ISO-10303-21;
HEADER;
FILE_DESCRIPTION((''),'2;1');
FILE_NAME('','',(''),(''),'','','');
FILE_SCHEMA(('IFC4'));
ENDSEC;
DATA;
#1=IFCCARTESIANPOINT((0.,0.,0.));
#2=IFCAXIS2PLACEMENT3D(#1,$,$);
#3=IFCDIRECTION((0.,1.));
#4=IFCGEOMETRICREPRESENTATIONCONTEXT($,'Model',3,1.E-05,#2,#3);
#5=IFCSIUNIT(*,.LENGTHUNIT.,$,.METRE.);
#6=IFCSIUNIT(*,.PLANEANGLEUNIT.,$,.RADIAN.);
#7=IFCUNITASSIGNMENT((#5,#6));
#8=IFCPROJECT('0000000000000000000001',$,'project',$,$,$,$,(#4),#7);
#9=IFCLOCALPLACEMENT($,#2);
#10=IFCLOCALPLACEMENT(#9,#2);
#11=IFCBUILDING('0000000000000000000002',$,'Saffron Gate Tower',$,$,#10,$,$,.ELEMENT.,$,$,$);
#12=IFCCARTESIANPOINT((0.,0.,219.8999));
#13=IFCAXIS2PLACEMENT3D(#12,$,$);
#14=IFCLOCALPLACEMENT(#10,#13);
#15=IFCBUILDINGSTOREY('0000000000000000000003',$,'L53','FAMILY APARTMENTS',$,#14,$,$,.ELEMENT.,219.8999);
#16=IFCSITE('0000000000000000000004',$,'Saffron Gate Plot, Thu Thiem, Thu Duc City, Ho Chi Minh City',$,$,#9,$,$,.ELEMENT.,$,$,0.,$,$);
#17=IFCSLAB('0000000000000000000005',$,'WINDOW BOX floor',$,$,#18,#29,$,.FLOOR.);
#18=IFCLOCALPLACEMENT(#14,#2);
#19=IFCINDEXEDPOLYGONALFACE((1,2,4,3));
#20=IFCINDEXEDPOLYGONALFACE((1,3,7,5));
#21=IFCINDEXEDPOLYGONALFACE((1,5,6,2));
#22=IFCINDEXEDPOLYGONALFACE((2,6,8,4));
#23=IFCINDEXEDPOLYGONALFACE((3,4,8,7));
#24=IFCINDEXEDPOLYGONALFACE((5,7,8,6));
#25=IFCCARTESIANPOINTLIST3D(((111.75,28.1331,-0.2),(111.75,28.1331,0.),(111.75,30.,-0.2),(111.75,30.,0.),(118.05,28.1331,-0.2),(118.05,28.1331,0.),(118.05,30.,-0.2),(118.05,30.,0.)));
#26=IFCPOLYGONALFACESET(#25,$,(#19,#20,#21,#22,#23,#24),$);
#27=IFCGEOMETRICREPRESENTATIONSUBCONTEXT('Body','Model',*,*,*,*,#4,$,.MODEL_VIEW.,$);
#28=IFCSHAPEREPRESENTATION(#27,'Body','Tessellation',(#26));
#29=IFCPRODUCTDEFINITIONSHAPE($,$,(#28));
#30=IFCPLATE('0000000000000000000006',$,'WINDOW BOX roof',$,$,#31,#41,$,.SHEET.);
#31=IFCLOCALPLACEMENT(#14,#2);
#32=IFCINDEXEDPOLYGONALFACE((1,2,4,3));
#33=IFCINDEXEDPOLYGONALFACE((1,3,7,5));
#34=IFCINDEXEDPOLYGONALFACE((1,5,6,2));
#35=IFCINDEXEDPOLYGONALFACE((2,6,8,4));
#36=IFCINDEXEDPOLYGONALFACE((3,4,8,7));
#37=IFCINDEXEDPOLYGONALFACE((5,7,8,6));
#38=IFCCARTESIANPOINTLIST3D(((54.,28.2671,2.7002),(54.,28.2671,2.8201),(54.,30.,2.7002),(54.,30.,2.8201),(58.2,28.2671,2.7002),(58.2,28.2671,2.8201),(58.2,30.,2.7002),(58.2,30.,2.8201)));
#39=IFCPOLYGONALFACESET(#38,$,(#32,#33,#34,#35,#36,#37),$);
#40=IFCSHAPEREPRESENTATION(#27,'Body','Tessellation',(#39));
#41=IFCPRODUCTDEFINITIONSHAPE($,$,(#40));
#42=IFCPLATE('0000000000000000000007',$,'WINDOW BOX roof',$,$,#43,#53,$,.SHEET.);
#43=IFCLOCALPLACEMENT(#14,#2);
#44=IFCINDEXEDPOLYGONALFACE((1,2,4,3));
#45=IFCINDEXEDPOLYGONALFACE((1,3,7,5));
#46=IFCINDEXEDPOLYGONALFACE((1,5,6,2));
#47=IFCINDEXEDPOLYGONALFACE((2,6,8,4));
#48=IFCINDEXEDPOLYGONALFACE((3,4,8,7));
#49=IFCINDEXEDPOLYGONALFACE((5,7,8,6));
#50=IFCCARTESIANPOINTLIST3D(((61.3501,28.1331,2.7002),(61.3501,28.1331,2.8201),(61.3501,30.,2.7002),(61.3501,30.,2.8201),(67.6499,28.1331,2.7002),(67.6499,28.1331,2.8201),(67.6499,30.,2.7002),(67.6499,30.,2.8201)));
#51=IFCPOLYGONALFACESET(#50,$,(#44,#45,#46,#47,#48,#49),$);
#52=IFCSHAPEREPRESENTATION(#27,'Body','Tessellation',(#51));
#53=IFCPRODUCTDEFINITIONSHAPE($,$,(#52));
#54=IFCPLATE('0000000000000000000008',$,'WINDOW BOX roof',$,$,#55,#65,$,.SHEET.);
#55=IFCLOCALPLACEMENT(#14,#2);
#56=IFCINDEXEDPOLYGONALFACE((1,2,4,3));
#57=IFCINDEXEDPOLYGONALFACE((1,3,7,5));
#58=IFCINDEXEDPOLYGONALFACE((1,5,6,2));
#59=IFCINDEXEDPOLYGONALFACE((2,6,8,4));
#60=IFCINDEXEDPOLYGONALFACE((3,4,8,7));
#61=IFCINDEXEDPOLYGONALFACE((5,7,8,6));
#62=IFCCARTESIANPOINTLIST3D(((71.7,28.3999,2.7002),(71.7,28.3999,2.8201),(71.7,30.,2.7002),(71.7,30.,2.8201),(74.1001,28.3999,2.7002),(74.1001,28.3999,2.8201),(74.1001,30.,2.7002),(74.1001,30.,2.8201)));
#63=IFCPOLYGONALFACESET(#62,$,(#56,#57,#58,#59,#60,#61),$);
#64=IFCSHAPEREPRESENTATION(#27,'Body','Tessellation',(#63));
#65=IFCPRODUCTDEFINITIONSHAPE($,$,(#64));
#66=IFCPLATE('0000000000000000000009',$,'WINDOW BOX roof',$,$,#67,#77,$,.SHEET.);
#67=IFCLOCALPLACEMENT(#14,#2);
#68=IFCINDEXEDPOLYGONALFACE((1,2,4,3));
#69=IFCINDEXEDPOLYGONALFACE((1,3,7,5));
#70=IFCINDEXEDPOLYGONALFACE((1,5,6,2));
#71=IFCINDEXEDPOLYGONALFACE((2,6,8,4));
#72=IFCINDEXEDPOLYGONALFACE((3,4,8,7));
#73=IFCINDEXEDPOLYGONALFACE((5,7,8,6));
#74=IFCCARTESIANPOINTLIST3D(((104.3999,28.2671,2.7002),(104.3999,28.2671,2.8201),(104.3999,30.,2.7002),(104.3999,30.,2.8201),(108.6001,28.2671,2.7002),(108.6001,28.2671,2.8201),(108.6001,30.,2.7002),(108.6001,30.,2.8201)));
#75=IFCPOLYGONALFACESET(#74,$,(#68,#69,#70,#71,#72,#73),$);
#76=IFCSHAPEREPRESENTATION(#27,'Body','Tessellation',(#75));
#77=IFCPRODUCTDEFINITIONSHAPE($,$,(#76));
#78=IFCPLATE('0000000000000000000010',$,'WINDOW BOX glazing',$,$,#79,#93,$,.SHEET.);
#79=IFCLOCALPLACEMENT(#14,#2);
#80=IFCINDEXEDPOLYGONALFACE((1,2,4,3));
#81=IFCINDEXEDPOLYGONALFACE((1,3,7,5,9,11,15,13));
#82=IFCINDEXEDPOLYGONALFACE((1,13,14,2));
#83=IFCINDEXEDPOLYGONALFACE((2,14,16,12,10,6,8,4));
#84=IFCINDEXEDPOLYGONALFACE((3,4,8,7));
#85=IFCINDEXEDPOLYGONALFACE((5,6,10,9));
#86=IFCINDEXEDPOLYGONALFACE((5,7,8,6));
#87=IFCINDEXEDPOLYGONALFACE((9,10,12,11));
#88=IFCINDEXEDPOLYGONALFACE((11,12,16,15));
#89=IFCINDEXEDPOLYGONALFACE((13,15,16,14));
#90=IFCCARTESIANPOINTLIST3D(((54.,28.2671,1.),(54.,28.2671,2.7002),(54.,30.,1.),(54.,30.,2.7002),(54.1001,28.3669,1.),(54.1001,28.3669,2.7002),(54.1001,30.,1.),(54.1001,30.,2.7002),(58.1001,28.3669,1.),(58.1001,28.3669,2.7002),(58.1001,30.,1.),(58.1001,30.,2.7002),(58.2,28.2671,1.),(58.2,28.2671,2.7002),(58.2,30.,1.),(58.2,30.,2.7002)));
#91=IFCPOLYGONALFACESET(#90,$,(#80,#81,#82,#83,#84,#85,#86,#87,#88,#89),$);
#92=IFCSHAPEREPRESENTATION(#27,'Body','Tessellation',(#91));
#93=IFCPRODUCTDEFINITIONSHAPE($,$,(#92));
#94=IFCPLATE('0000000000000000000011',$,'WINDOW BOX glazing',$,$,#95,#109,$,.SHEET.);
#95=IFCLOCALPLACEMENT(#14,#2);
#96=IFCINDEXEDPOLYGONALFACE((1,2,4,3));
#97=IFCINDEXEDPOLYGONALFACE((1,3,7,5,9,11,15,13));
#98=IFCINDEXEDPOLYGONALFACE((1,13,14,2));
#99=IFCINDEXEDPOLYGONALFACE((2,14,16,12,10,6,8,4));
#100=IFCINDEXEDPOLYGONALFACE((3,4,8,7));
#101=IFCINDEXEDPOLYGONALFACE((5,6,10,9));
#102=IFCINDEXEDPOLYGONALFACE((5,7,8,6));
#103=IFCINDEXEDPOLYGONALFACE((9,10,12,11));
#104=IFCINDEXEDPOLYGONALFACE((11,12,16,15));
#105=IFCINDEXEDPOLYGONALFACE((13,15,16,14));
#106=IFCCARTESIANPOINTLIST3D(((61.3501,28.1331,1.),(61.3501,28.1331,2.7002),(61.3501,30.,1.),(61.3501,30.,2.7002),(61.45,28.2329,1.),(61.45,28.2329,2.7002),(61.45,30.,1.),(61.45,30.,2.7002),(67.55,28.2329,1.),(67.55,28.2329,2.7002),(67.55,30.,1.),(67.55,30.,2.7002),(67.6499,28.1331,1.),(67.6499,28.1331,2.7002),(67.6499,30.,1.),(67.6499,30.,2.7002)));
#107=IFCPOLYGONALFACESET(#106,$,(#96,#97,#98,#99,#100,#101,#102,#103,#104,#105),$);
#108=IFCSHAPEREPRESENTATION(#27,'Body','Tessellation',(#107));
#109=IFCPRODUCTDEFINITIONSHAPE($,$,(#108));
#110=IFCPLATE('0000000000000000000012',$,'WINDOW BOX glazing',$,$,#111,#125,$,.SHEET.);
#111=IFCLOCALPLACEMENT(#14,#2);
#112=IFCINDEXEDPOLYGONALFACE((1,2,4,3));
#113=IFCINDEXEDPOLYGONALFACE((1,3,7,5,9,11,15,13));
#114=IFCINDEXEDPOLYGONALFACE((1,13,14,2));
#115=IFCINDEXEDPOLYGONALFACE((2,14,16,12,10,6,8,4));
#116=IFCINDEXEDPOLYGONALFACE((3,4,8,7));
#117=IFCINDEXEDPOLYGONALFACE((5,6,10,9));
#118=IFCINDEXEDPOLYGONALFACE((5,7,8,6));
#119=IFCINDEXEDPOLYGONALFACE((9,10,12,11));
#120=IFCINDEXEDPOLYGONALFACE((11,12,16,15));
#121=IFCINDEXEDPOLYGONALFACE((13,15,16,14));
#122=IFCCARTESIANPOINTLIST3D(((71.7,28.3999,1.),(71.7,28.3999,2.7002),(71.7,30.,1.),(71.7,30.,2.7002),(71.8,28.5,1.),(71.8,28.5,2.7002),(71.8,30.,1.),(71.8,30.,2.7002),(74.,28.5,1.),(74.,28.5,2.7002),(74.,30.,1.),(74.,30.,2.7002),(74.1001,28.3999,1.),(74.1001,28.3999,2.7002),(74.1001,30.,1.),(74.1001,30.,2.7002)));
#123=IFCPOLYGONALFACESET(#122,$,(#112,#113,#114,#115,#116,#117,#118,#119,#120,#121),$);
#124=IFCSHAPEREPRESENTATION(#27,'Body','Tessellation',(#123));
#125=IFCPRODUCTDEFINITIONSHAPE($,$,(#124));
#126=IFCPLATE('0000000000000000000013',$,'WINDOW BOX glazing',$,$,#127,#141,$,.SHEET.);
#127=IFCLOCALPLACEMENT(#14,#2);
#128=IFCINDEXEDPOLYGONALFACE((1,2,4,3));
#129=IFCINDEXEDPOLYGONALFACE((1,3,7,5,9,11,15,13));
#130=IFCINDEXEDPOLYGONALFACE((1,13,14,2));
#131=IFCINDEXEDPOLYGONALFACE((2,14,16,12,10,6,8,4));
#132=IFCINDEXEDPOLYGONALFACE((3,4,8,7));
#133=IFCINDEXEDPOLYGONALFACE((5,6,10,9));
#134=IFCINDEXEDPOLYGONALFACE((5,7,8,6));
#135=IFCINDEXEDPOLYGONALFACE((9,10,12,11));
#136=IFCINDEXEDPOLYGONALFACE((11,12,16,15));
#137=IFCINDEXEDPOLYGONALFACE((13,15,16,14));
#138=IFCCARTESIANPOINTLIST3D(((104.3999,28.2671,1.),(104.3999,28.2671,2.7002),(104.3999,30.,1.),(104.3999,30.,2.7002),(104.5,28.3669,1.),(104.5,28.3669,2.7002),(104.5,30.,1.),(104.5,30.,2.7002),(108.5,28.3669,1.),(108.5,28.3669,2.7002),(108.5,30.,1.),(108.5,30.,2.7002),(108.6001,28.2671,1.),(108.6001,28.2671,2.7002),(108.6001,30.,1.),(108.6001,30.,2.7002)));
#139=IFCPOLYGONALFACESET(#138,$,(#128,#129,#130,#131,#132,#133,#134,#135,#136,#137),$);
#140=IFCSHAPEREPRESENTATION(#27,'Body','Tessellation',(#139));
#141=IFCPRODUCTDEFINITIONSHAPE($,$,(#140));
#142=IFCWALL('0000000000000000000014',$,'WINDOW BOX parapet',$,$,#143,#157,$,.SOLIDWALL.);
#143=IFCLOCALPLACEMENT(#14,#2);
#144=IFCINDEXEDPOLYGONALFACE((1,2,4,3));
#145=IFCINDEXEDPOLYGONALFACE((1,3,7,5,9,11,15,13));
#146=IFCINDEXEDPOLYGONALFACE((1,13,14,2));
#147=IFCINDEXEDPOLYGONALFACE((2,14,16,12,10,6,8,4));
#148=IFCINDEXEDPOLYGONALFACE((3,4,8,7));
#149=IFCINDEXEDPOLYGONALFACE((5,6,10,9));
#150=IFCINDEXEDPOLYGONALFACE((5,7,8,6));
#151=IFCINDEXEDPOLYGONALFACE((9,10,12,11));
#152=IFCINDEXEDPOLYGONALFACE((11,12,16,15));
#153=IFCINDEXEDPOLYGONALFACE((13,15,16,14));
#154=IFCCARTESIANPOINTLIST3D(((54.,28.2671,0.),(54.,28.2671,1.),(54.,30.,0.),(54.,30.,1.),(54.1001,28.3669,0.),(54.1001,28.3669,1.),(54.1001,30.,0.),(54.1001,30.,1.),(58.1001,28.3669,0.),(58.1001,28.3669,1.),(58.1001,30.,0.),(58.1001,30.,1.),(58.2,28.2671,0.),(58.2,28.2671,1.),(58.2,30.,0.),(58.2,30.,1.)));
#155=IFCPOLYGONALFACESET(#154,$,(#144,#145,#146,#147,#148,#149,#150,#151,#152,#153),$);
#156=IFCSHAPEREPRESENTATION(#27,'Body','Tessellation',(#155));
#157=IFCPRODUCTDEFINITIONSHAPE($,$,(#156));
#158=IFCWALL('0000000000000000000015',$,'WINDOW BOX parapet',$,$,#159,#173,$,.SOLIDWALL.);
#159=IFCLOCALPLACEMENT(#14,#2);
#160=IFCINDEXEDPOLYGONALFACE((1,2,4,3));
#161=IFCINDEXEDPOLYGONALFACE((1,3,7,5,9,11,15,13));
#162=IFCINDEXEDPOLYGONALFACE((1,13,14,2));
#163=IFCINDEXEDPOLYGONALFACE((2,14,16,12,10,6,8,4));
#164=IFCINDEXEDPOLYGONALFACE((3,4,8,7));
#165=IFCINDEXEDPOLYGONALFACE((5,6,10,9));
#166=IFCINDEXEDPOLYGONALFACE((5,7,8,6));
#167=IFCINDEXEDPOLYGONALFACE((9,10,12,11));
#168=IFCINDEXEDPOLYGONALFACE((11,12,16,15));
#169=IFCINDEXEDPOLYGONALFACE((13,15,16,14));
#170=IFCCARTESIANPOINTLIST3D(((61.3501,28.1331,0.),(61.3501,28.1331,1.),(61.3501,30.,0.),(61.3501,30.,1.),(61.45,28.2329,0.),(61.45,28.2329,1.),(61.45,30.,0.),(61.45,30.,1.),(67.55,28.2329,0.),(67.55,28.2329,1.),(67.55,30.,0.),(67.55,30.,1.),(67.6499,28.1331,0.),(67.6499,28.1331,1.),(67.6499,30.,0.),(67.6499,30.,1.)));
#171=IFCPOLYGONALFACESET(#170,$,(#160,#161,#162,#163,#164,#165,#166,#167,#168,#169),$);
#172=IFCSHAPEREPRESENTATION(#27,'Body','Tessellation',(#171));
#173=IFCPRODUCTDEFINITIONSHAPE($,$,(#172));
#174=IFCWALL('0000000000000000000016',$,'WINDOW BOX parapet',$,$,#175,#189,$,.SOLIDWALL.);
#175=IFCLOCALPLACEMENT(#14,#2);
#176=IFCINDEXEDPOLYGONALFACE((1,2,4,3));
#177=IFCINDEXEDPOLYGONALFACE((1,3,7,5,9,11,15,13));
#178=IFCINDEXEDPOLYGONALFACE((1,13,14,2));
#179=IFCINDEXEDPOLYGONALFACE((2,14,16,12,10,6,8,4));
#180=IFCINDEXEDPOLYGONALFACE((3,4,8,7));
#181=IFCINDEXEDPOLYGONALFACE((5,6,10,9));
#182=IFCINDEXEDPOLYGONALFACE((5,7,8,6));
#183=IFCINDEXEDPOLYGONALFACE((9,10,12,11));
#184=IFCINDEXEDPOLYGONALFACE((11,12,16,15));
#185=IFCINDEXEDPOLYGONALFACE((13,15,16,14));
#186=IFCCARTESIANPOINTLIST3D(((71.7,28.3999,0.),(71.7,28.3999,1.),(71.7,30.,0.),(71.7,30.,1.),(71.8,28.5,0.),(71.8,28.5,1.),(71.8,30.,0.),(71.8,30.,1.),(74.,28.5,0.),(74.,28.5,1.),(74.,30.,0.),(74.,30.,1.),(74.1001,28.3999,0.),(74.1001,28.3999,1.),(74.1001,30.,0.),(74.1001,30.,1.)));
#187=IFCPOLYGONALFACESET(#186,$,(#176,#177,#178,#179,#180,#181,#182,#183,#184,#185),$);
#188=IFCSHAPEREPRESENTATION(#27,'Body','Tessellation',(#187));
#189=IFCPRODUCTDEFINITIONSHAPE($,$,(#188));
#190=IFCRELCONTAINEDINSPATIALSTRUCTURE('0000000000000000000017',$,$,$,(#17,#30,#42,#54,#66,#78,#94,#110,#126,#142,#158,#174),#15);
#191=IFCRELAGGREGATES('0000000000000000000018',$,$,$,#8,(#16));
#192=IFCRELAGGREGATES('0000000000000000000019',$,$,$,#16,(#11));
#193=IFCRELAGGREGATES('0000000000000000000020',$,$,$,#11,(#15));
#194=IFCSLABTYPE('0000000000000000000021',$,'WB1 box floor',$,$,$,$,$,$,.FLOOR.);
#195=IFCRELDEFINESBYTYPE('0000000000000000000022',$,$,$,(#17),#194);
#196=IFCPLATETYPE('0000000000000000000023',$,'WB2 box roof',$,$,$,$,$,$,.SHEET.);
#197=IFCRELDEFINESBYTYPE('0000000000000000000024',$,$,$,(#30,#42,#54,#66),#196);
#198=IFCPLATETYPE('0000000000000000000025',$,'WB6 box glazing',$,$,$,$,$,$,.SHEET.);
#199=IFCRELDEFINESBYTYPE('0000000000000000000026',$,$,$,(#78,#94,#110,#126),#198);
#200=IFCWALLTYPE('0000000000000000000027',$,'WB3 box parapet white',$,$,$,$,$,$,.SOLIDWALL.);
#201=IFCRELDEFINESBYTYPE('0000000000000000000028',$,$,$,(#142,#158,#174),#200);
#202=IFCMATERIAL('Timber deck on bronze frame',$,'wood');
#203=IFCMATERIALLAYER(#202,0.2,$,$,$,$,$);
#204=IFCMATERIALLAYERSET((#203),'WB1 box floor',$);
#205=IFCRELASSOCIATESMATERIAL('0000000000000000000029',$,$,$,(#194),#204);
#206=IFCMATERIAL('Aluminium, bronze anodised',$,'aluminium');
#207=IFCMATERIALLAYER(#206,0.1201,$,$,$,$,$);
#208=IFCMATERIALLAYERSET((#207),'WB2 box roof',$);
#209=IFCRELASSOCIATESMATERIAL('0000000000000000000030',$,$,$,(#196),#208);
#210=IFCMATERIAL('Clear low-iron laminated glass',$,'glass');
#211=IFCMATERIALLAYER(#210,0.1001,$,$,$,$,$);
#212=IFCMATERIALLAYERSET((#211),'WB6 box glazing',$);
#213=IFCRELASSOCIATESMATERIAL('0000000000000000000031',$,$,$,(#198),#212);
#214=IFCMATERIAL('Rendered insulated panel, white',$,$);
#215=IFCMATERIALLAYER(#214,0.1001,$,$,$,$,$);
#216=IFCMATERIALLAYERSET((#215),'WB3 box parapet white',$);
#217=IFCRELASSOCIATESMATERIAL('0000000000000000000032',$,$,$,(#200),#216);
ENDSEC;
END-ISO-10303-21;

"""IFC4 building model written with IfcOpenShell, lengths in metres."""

from ifc_helpers import new_model, si_unit, direction, frame, origin, place, context, subcontext, project, spatial, polyline, outline, extrude, material, layer, layer_set, type_object, element, save


model = new_model("IFC4")

# Units and contexts
model_context = context("Model", 3, precision=1e-05, world=origin(), true_north=direction((0.0, 1.0)))
body_context = subcontext(model_context, "Body", "Model", "MODEL_VIEW")
ifc_project = project(units=[si_unit("LENGTHUNIT", "METRE"), si_unit("PLANEANGLEUNIT", "RADIAN")], contexts=[model_context])

# Site, building, storey
site_placement = place(None, origin())
site = spatial("IfcSite", under=ifc_project, at=site_placement, Name="Saffron Gate Plot, Thu Thiem, Thu Duc City, Ho Chi Minh City", CompositionType="ELEMENT", RefElevation=0.0)
building_placement = place(site_placement, origin())
building = spatial("IfcBuilding", under=site, at=building_placement, Name="Saffron Gate Tower", CompositionType="ELEMENT")
storey_placement = place(building_placement, frame((0.0, 0.0, 219.8999)))
storey = spatial("IfcBuildingStorey", under=building, at=storey_placement, Name="L53", Description="FAMILY APARTMENTS", CompositionType="ELEMENT", Elevation=219.8999)

# Slab
ifc_material_1 = material(Name="Timber deck on bronze frame", Category="wood")
ifc_layer_1 = layer(ifc_material_1, 0.2)
ifc_layer_set_1 = layer_set([ifc_layer_1], Name="WB1 box floor")
slab_type_1 = type_object("IfcSlabType", Name="WB1 box floor", PredefinedType="FLOOR", material=ifc_layer_set_1)
slab_1_placement = place(storey_placement, frame((0.0, 0.0, -0.2)))
element("IfcSlab", 1, at=slab_1_placement, inside=storey, type_object=slab_type_1, Name="WINDOW BOX floor", PredefinedType="FLOOR", context=body_context, shape_type="SweptSolid", body=[
    extrude(outline(polyline([(111.75, 30.0), (118.05, 30.0), (118.05, 28.1331), (111.75, 28.1331), (111.75, 30.0)])), origin(), (0.0, 0.0, 1.0), 0.2),
])

# Plates
ifc_material_2 = material(Name="Aluminium, bronze anodised", Category="aluminium")
ifc_layer_2 = layer(ifc_material_2, 0.1201)
ifc_layer_set_2 = layer_set([ifc_layer_2], Name="WB2 box roof")
plate_type_1 = type_object("IfcPlateType", Name="WB2 box roof", PredefinedType="SHEET", material=ifc_layer_set_2)
plate_1_placement = place(storey_placement, frame((0.0, 0.0, 2.7002)))
element("IfcPlate", 2, at=plate_1_placement, inside=storey, type_object=plate_type_1, Name="WINDOW BOX roof", PredefinedType="SHEET", context=body_context, shape_type="SweptSolid", body=[
    extrude(outline(polyline([(54.0, 30.0), (58.2, 30.0), (58.2, 28.2671), (54.0, 28.2671), (54.0, 30.0)])), origin(), (0.0, 0.0, 1.0), 0.1199),
])
plate_2_placement = place(storey_placement, frame((0.0, 0.0, 2.7002)))
element("IfcPlate", 3, at=plate_2_placement, inside=storey, type_object=plate_type_1, Name="WINDOW BOX roof", PredefinedType="SHEET", context=body_context, shape_type="SweptSolid", body=[
    extrude(outline(polyline([(61.3501, 30.0), (67.6499, 30.0), (67.6499, 28.1331), (61.3501, 28.1331), (61.3501, 30.0)])), origin(), (0.0, 0.0, 1.0), 0.1199),
])
plate_3_placement = place(storey_placement, frame((0.0, 0.0, 2.7002)))
element("IfcPlate", 4, at=plate_3_placement, inside=storey, type_object=plate_type_1, Name="WINDOW BOX roof", PredefinedType="SHEET", context=body_context, shape_type="SweptSolid", body=[
    extrude(outline(polyline([(71.7, 30.0), (74.1001, 30.0), (74.1001, 28.3999), (71.7, 28.3999), (71.7, 30.0)])), origin(), (0.0, 0.0, 1.0), 0.1199),
])
plate_4_placement = place(storey_placement, frame((0.0, 0.0, 2.7002)))
element("IfcPlate", 5, at=plate_4_placement, inside=storey, type_object=plate_type_1, Name="WINDOW BOX roof", PredefinedType="SHEET", context=body_context, shape_type="SweptSolid", body=[
    extrude(outline(polyline([(104.3999, 30.0), (108.6001, 30.0), (108.6001, 28.2671), (104.3999, 28.2671), (104.3999, 30.0)])), origin(), (0.0, 0.0, 1.0), 0.1199),
])
ifc_material_3 = material(Name="Clear low-iron laminated glass", Category="glass")
ifc_layer_3 = layer(ifc_material_3, 0.1001)
ifc_layer_set_3 = layer_set([ifc_layer_3], Name="WB6 box glazing")
plate_type_2 = type_object("IfcPlateType", Name="WB6 box glazing", PredefinedType="SHEET", material=ifc_layer_set_3)
plate_5_placement = place(storey_placement, frame((0.0, 0.0, 1.0)))
element("IfcPlate", 6, at=plate_5_placement, inside=storey, type_object=plate_type_2, Name="WINDOW BOX glazing", PredefinedType="SHEET", context=body_context, shape_type="SweptSolid", body=[
    extrude(outline(polyline([(54.0, 30.0), (54.1001, 30.0), (54.1001, 28.3669), (58.1001, 28.3669), (58.1001, 30.0), (58.2, 30.0), (58.2, 28.2671), (54.0, 28.2671), (54.0, 30.0)])), origin(), (0.0, 0.0, 1.0), 1.7002),
])
plate_6_placement = place(storey_placement, frame((0.0, 0.0, 1.0)))
element("IfcPlate", 7, at=plate_6_placement, inside=storey, type_object=plate_type_2, Name="WINDOW BOX glazing", PredefinedType="SHEET", context=body_context, shape_type="SweptSolid", body=[
    extrude(outline(polyline([(61.3501, 30.0), (61.45, 30.0), (61.45, 28.2329), (67.55, 28.2329), (67.55, 30.0), (67.6499, 30.0), (67.6499, 28.1331), (61.3501, 28.1331), (61.3501, 30.0)])), origin(), (0.0, 0.0, 1.0), 1.7002),
])
plate_7_placement = place(storey_placement, frame((0.0, 0.0, 1.0)))
element("IfcPlate", 8, at=plate_7_placement, inside=storey, type_object=plate_type_2, Name="WINDOW BOX glazing", PredefinedType="SHEET", context=body_context, shape_type="SweptSolid", body=[
    extrude(outline(polyline([(71.7, 30.0), (71.8, 30.0), (71.8, 28.5), (74.0, 28.5), (74.0, 30.0), (74.1001, 30.0), (74.1001, 28.3999), (71.7, 28.3999), (71.7, 30.0)])), origin(), (0.0, 0.0, 1.0), 1.7002),
])
plate_8_placement = place(storey_placement, frame((0.0, 0.0, 1.0)))
element("IfcPlate", 9, at=plate_8_placement, inside=storey, type_object=plate_type_2, Name="WINDOW BOX glazing", PredefinedType="SHEET", context=body_context, shape_type="SweptSolid", body=[
    extrude(outline(polyline([(104.3999, 30.0), (104.5, 30.0), (104.5, 28.3669), (108.5, 28.3669), (108.5, 30.0), (108.6001, 30.0), (108.6001, 28.2671), (104.3999, 28.2671), (104.3999, 30.0)])), origin(), (0.0, 0.0, 1.0), 1.7002),
])

# Walls
ifc_material_4 = material(Name="Rendered insulated panel, white")
ifc_layer_4 = layer(ifc_material_4, 0.1001)
ifc_layer_set_4 = layer_set([ifc_layer_4], Name="WB3 box parapet white")
wall_type = type_object("IfcWallType", Name="WB3 box parapet white", PredefinedType="SOLIDWALL", material=ifc_layer_set_4)
wall_1_placement = place(storey_placement, origin())
element("IfcWall", 10, at=wall_1_placement, inside=storey, type_object=wall_type, Name="WINDOW BOX parapet", PredefinedType="SOLIDWALL", context=body_context, shape_type="SweptSolid", body=[
    extrude(outline(polyline([(54.0, 30.0), (54.1001, 30.0), (54.1001, 28.3669), (58.1001, 28.3669), (58.1001, 30.0), (58.2, 30.0), (58.2, 28.2671), (54.0, 28.2671), (54.0, 30.0)])), origin(), (0.0, 0.0, 1.0), 1.0),
])
wall_2_placement = place(storey_placement, origin())
element("IfcWall", 11, at=wall_2_placement, inside=storey, type_object=wall_type, Name="WINDOW BOX parapet", PredefinedType="SOLIDWALL", context=body_context, shape_type="SweptSolid", body=[
    extrude(outline(polyline([(61.3501, 30.0), (61.45, 30.0), (61.45, 28.2329), (67.55, 28.2329), (67.55, 30.0), (67.6499, 30.0), (67.6499, 28.1331), (61.3501, 28.1331), (61.3501, 30.0)])), origin(), (0.0, 0.0, 1.0), 1.0),
])
wall_3_placement = place(storey_placement, origin())
element("IfcWall", 12, at=wall_3_placement, inside=storey, type_object=wall_type, Name="WINDOW BOX parapet", PredefinedType="SOLIDWALL", context=body_context, shape_type="SweptSolid", body=[
    extrude(outline(polyline([(71.7, 30.0), (71.8, 30.0), (71.8, 28.5), (74.0, 28.5), (74.0, 30.0), (74.1001, 30.0), (74.1001, 28.3999), (71.7, 28.3999), (71.7, 30.0)])), origin(), (0.0, 0.0, 1.0), 1.0),
])

save(model, "model.ifc")
